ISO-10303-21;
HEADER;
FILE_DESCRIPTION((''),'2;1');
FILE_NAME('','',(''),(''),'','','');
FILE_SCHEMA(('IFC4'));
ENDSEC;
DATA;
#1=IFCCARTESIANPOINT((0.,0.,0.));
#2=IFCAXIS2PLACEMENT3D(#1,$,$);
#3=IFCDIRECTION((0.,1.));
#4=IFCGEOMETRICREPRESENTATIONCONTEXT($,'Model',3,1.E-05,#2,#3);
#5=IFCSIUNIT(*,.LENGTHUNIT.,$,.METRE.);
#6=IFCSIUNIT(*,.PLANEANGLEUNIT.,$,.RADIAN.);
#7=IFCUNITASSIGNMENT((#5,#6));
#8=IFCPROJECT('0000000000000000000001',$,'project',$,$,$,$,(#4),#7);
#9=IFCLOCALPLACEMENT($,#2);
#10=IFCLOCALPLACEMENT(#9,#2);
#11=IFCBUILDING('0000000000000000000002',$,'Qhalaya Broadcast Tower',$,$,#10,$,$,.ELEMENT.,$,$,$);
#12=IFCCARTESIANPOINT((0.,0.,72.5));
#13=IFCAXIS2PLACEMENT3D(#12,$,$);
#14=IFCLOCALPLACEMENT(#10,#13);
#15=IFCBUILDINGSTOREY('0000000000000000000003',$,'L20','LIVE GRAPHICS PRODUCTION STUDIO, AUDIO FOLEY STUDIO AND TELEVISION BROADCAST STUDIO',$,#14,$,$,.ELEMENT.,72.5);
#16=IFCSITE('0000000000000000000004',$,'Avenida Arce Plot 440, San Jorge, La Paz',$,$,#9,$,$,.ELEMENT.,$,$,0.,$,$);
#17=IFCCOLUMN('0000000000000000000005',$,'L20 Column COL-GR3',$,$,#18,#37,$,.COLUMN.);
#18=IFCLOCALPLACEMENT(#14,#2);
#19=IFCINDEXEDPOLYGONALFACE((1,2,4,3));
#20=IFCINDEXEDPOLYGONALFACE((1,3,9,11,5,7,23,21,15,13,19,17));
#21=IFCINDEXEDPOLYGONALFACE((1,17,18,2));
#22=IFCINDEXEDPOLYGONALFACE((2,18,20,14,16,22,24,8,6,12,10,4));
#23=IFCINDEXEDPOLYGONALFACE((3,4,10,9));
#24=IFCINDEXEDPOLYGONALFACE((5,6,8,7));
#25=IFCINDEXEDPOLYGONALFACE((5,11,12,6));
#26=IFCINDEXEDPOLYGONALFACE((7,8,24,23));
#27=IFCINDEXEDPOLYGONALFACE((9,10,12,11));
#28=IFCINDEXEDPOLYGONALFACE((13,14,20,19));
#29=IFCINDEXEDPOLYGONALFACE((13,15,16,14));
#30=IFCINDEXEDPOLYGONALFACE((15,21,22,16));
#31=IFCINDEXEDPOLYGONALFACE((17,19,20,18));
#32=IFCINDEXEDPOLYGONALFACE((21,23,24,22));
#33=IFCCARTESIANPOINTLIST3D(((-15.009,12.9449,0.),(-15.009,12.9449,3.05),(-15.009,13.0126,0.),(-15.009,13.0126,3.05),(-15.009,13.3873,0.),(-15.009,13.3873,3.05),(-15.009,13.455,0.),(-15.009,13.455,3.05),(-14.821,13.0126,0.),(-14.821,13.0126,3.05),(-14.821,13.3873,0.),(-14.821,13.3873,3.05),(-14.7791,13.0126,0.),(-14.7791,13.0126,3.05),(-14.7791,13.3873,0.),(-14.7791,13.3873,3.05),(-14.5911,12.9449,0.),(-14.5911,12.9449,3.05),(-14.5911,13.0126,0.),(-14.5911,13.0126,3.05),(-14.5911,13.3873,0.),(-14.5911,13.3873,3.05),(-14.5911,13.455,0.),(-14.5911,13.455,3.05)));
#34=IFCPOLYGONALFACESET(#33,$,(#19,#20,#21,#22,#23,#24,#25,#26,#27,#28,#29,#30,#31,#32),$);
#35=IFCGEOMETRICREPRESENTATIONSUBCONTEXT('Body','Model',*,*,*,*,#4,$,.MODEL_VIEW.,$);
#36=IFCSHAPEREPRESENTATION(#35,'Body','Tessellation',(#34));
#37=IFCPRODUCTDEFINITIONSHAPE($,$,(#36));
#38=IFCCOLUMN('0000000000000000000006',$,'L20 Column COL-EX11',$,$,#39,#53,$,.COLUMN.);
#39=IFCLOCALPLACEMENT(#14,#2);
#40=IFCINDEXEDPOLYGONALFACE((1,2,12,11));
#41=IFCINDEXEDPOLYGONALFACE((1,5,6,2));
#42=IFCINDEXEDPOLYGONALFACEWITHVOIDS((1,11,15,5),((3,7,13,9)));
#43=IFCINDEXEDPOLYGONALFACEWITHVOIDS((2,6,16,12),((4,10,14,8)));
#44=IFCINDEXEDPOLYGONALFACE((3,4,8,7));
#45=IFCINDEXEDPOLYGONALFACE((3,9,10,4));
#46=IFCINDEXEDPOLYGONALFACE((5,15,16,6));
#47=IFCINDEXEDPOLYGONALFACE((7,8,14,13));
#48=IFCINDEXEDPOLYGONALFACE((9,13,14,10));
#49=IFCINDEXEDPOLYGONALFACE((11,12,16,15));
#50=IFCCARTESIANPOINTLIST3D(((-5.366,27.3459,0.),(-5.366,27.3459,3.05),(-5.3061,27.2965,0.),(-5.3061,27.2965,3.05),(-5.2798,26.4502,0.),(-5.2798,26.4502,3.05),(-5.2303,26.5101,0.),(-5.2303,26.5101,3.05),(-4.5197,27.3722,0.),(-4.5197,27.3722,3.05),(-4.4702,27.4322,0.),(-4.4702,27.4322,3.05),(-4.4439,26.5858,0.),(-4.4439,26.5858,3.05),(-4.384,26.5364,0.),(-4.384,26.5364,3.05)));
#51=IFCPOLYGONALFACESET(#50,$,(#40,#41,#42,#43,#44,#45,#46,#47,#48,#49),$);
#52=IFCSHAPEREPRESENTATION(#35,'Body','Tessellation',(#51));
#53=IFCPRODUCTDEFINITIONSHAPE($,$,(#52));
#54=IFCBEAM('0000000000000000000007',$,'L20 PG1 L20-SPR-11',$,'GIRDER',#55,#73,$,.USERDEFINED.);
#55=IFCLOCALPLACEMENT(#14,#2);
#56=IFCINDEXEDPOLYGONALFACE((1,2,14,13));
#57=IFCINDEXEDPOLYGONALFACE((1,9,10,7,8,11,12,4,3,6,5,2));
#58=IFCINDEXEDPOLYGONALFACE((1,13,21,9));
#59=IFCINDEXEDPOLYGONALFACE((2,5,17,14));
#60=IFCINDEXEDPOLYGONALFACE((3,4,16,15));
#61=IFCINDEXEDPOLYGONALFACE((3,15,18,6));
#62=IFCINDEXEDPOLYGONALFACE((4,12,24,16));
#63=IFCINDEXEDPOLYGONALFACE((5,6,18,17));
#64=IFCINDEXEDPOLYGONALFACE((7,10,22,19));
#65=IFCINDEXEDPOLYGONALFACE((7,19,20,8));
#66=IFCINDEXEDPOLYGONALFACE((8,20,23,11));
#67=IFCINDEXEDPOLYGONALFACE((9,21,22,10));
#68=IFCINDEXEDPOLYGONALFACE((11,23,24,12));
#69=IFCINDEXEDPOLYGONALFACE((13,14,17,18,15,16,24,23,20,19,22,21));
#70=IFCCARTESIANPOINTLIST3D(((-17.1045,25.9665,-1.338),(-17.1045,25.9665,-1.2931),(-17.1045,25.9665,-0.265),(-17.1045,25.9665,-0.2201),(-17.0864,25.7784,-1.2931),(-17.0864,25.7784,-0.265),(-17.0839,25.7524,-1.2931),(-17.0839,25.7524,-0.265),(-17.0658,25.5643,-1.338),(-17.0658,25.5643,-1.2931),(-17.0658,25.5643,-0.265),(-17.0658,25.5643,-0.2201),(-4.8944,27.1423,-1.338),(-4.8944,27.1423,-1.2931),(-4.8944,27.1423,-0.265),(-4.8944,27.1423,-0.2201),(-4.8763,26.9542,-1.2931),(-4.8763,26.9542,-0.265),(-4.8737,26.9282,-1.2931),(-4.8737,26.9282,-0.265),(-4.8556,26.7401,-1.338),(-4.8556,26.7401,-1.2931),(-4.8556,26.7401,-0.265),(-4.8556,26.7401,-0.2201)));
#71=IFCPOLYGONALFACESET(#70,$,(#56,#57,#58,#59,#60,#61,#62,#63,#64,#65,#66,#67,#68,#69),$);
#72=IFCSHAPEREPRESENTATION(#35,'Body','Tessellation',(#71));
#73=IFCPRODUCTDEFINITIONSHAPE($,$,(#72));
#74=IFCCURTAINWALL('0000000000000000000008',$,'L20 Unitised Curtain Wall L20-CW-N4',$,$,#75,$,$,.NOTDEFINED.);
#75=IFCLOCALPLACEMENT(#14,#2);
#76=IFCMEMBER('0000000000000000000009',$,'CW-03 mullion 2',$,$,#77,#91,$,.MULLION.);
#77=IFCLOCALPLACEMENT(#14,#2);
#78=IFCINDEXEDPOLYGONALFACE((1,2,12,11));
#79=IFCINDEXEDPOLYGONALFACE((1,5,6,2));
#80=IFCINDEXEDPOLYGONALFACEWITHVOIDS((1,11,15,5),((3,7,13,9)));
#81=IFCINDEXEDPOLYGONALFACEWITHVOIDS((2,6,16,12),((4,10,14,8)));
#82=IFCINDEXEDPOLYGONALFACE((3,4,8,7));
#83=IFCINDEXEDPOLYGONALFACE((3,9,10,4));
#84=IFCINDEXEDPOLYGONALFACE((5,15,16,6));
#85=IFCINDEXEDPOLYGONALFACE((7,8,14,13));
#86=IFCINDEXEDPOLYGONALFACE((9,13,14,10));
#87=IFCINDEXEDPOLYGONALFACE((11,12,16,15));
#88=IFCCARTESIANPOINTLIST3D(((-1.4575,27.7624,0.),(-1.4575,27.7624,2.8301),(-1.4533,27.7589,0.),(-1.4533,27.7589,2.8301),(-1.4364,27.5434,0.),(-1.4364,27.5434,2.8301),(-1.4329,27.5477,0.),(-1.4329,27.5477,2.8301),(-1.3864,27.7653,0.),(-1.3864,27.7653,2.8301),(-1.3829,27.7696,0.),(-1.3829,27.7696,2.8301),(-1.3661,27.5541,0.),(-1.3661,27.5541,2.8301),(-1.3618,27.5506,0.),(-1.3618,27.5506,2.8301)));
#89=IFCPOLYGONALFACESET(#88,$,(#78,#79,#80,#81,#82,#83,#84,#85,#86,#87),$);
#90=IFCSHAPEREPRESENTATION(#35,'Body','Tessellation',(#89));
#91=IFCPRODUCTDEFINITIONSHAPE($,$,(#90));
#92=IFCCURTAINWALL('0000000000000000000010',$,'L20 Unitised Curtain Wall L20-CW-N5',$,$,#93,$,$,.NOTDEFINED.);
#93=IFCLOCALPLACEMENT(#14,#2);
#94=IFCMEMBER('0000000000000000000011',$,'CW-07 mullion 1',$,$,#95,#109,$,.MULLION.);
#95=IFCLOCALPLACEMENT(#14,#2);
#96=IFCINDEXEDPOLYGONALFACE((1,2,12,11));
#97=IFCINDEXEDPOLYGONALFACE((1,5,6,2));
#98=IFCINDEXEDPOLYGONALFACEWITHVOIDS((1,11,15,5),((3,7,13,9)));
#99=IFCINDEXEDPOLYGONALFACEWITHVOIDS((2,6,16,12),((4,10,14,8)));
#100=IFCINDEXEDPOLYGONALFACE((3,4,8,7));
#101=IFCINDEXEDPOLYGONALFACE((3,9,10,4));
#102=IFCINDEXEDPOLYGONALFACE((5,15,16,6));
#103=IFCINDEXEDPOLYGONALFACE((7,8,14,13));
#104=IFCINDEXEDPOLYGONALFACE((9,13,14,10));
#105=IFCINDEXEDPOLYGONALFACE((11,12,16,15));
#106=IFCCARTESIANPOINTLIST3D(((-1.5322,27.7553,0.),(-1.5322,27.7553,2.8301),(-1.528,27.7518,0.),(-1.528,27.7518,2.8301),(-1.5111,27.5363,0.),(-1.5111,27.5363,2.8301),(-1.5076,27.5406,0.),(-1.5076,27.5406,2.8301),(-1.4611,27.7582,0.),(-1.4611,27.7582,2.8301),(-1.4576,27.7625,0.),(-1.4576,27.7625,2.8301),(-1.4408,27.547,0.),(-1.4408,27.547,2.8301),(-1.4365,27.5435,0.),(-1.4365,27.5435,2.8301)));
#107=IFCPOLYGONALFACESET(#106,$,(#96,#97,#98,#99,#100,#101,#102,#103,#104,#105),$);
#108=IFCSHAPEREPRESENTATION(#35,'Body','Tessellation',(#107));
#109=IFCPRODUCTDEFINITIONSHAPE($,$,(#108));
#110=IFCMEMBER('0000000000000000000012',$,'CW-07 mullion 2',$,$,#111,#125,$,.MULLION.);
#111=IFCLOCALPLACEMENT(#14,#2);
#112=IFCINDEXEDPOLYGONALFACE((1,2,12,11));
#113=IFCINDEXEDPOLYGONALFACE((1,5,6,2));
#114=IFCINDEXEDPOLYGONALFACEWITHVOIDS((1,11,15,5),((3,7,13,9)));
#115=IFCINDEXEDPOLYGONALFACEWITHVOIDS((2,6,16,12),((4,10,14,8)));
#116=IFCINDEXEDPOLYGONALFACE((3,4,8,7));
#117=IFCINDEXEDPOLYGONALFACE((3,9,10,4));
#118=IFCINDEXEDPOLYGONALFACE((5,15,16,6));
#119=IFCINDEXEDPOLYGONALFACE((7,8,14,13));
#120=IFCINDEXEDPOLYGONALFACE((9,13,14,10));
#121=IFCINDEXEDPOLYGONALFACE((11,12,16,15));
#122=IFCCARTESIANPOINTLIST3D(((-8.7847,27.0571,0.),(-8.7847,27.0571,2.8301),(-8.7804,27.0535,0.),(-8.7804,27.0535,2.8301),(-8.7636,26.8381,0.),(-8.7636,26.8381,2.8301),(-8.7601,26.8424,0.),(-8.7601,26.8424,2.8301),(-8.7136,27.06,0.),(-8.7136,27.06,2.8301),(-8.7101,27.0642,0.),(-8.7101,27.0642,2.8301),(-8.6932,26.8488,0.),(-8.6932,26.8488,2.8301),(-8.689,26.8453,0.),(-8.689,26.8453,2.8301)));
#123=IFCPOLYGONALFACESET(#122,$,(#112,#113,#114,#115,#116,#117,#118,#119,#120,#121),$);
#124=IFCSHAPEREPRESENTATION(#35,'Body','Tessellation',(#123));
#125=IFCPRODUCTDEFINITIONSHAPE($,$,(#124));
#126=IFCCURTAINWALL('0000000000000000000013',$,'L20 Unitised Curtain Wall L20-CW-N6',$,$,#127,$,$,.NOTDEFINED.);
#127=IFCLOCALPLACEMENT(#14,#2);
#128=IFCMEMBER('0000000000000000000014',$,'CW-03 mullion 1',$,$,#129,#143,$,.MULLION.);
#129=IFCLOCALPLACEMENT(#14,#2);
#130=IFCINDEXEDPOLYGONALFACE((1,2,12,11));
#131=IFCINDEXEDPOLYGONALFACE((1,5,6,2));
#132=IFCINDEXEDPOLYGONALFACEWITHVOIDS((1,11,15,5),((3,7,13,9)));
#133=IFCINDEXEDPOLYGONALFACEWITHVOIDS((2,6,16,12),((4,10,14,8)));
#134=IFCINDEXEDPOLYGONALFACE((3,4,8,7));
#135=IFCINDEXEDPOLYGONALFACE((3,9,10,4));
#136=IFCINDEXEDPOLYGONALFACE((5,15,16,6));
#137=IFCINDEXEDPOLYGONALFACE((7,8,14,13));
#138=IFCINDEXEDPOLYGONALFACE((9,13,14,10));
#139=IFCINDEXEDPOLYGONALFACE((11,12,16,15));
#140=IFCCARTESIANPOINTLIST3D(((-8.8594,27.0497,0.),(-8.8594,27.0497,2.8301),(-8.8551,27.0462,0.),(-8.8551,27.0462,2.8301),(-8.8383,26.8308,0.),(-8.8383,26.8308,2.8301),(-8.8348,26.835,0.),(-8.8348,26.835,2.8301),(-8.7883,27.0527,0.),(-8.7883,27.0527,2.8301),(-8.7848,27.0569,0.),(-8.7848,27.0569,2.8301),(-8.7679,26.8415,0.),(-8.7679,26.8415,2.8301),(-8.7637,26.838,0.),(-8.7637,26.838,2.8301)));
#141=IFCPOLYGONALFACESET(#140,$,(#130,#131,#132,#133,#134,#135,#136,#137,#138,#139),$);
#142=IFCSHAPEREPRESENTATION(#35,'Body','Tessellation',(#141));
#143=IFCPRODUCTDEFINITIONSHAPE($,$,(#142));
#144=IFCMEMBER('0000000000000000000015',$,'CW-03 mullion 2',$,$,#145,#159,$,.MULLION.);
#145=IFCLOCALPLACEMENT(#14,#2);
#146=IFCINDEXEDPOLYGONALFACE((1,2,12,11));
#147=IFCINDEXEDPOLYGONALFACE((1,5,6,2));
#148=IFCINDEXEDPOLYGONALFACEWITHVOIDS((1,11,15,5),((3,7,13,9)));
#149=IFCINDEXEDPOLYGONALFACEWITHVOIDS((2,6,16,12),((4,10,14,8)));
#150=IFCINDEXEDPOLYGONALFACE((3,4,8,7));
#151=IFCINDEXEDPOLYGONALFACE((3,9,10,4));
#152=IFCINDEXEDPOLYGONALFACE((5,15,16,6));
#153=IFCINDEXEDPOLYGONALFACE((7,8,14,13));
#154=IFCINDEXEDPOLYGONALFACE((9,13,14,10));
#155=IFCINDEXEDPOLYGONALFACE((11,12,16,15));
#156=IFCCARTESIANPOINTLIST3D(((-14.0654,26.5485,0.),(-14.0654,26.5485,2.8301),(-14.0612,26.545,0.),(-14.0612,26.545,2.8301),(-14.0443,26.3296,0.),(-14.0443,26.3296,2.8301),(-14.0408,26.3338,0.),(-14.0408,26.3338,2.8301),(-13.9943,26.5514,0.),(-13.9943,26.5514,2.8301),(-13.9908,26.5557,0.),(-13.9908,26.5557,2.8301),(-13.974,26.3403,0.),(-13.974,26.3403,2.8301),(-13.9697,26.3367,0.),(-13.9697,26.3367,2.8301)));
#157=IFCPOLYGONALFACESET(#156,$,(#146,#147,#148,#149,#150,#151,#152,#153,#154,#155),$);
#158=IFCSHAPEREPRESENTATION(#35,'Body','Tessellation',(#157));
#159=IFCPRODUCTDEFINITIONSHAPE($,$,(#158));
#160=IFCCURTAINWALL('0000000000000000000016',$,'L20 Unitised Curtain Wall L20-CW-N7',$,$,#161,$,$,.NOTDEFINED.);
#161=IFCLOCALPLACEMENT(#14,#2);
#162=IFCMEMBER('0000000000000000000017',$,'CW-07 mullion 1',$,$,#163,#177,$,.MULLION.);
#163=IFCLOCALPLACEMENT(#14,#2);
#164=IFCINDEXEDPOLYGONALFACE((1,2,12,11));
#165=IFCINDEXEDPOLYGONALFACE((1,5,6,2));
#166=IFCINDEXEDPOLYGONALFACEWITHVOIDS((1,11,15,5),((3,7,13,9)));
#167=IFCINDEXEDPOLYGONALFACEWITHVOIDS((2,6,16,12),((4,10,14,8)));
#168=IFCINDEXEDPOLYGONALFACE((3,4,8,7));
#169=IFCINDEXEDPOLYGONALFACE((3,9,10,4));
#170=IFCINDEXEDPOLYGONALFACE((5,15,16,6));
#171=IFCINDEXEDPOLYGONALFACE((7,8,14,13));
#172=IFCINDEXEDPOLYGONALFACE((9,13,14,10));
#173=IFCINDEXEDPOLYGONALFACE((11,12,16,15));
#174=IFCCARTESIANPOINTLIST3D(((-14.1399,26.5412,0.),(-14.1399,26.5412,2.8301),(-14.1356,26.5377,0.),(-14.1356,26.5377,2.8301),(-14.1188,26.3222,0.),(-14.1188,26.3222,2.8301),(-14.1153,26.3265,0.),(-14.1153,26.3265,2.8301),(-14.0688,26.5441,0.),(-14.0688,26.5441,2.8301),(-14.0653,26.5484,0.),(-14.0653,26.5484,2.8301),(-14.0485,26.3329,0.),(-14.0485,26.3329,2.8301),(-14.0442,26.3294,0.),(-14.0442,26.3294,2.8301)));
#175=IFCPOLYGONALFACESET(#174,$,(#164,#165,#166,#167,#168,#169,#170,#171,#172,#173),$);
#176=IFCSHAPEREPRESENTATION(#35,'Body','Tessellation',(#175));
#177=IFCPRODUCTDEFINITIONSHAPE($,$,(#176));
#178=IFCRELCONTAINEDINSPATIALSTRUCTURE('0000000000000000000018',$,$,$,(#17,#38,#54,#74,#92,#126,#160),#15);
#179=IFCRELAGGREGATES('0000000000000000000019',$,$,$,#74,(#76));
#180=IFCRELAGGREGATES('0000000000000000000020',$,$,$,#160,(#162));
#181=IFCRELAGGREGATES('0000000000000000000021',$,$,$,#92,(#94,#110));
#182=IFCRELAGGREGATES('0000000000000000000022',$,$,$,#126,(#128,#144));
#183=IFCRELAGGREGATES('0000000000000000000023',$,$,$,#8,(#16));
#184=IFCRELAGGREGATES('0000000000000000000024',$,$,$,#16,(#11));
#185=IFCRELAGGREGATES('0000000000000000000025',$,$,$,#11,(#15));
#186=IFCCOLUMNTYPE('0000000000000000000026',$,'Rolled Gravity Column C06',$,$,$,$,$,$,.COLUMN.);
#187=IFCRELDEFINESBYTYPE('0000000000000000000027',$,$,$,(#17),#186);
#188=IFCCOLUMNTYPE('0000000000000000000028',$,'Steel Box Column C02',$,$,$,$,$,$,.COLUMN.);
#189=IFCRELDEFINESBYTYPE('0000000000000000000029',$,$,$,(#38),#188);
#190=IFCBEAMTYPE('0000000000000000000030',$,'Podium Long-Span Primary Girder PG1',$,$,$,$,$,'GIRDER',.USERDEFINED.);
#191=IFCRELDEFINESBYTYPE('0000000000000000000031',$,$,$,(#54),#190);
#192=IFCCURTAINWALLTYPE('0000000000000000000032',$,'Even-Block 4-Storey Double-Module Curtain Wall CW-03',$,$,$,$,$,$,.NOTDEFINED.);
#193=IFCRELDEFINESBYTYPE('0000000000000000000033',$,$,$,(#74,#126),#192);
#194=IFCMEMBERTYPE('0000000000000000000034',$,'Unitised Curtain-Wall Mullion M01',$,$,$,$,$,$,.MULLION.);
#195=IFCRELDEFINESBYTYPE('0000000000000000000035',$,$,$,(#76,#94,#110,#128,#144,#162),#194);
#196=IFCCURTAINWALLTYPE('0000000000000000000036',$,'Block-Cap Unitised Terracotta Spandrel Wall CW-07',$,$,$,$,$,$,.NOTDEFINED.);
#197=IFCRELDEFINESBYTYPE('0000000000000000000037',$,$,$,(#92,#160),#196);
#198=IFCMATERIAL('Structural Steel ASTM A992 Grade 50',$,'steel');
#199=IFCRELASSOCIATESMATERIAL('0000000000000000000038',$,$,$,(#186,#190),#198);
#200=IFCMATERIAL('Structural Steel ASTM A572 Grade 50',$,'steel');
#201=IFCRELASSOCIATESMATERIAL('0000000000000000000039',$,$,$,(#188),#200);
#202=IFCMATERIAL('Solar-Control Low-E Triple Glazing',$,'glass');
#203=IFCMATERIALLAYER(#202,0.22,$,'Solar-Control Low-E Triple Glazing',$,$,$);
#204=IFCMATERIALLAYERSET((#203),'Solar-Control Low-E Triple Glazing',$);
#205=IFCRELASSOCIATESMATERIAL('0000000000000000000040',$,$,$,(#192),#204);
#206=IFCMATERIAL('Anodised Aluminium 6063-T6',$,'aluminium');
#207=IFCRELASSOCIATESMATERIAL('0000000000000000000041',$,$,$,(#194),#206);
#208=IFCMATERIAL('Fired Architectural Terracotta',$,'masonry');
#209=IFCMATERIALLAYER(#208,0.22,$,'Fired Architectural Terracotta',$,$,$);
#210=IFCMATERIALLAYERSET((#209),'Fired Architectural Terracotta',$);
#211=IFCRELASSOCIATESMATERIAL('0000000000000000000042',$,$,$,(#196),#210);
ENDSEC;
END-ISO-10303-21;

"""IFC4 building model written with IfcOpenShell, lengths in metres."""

from ifc_helpers import new_model, si_unit, direction, frame, origin, origin_2d, place, context, subcontext, project, spatial, hollow_rectangle, i_section, extrude, material, layer, layer_set, material_profile, profile_set, type_object, element, aggregate, save


model = new_model("IFC4")

# Units and contexts
model_context = context("Model", 3, precision=1e-05, world=origin(), true_north=direction((0.0, 1.0)))
body_context = subcontext(model_context, "Body", "Model", "MODEL_VIEW")
ifc_project = project(units=[si_unit("LENGTHUNIT", "METRE"), si_unit("PLANEANGLEUNIT", "RADIAN")], contexts=[model_context])

# Site, building, storey
site_placement = place(None, origin())
site = spatial("IfcSite", under=ifc_project, at=site_placement, Name="Avenida Arce Plot 440, San Jorge, La Paz", CompositionType="ELEMENT", RefElevation=0.0)
building_placement = place(site_placement, origin())
building = spatial("IfcBuilding", under=site, at=building_placement, Name="Qhalaya Broadcast Tower", CompositionType="ELEMENT")
storey_placement = place(building_placement, frame((0.0, 0.0, 72.5)))
storey = spatial("IfcBuildingStorey", under=building, at=storey_placement, Name="L20", Description="LIVE GRAPHICS PRODUCTION STUDIO, AUDIO FOLEY STUDIO AND TELEVISION BROADCAST STUDIO", CompositionType="ELEMENT", Elevation=72.5)

# Columns
ifc_material_1 = material(Name="Structural Steel ASTM A992 Grade 50", Category="steel")
ifc_material_profile_1 = material_profile(ifc_material_1, i_section(OverallWidth=0.418, OverallDepth=0.51, WebThickness=0.042, FlangeThickness=0.0676, at=origin_2d()), Name="W14X370")
ifc_profile_set_1 = profile_set([ifc_material_profile_1], Name="Structural Steel ASTM A992 Grade 50")
column_type_1 = type_object("IfcColumnType", Name="Rolled Gravity Column C06", PredefinedType="COLUMN", material=ifc_profile_set_1)
column_1_placement = place(storey_placement, frame((-14.8, 13.2, 0.0), z_axis=(0.0, 0.0, 1.0), x_axis=(1.0, 0.0, 0.0)))
element("IfcColumn", 1, at=column_1_placement, inside=storey, type_object=column_type_1, Name="L20 Column COL-GR3", PredefinedType="COLUMN", context=body_context, shape_type="SweptSolid", body=[
    extrude(i_section(OverallWidth=0.418, OverallDepth=0.51, WebThickness=0.042, FlangeThickness=0.0676, at=origin_2d()), origin(), (0.0, 0.0, 1.0), 3.05),
])
ifc_material_2 = material(Name="Structural Steel ASTM A572 Grade 50", Category="steel")
ifc_material_profile_2 = material_profile(ifc_material_2, hollow_rectangle(XDim=0.8999, YDim=0.8999, WallThickness=0.0549, at=origin_2d()), Name="BOX 900x900x55")
ifc_profile_set_2 = profile_set([ifc_material_profile_2], Name="Structural Steel ASTM A572 Grade 50")
column_type_2 = type_object("IfcColumnType", Name="Steel Box Column C02", PredefinedType="COLUMN", material=ifc_profile_set_2)
column_2_placement = place(storey_placement, frame((-4.875, 26.9412, 0.0), z_axis=(0.0, 0.0, 1.0), x_axis=(0.995396, 0.095846, 0.0)))
element("IfcColumn", 2, at=column_2_placement, inside=storey, type_object=column_type_2, Name="L20 Column COL-EX11", PredefinedType="COLUMN", context=body_context, shape_type="SweptSolid", body=[
    extrude(hollow_rectangle(XDim=0.8999, YDim=0.8999, WallThickness=0.0549, at=origin_2d()), origin(), (0.0, 0.0, 1.0), 3.05),
])

# Beam
ifc_material_profile_3 = material_profile(ifc_material_1, i_section(OverallWidth=0.4041, OverallDepth=1.1179, WebThickness=0.0261, FlangeThickness=0.0449, at=origin_2d()), Name="W44X335")
ifc_profile_set_3 = profile_set([ifc_material_profile_3], Name="Structural Steel ASTM A992 Grade 50")
beam_type = type_object("IfcBeamType", Name="Podium Long-Span Primary Girder PG1", ElementType="GIRDER", PredefinedType="USERDEFINED", material=ifc_profile_set_3)
beam_placement = place(storey_placement, frame((-4.875, 26.9412, -0.7791), z_axis=(-0.995396, -0.095852, 0.0), x_axis=(0.095852, -0.995396, 0.0)))
element("IfcBeam", 3, at=beam_placement, inside=storey, type_object=beam_type, Name="L20 PG1 L20-SPR-11", ObjectType="GIRDER", PredefinedType="USERDEFINED", context=body_context, shape_type="SweptSolid", body=[
    extrude(i_section(OverallWidth=0.4041, OverallDepth=1.1179, WebThickness=0.0261, FlangeThickness=0.0449, at=origin_2d()), origin(), (0.0, 0.0, 1.0), 12.2666),
])

# Curtain wall, member
ifc_material_3 = material(Name="Solar-Control Low-E Triple Glazing", Category="glass")
ifc_layer_1 = layer(ifc_material_3, 0.22, Name="Solar-Control Low-E Triple Glazing")
ifc_layer_set_1 = layer_set([ifc_layer_1], Name="Solar-Control Low-E Triple Glazing")
curtain_wall_type_1 = type_object("IfcCurtainWallType", Name="Even-Block 4-Storey Double-Module Curtain Wall CW-03", PredefinedType="NOTDEFINED", material=ifc_layer_set_1)
curtain_wall_1_placement = place(storey_placement, origin())
curtain_wall_1 = element("IfcCurtainWall", 4, at=curtain_wall_1_placement, inside=storey, type_object=curtain_wall_type_1, Name="L20 Unitised Curtain Wall L20-CW-N4", PredefinedType="NOTDEFINED")
ifc_material_4 = material(Name="Anodised Aluminium 6063-T6", Category="aluminium")
ifc_material_profile_4 = material_profile(ifc_material_4, hollow_rectangle(XDim=0.075, YDim=0.22, WallThickness=0.0039, at=origin_2d()), Name="ALU-MUL 75x220x4")
ifc_profile_set_4 = profile_set([ifc_material_profile_4], Name="Anodised Aluminium 6063-T6")
member_type_1 = type_object("IfcMemberType", Name="Unitised Curtain-Wall Mullion M01", PredefinedType="MULLION", material=ifc_profile_set_4)
member_1_placement = place(storey_placement, frame((-1.4097, 27.6565, 0.0), z_axis=(0.0, 0.0, 1.0), x_axis=(-0.995395, -0.095853, 0.0)))
member_1 = element("IfcMember", 5, at=member_1_placement, type_object=member_type_1, Name="CW-03 mullion 2", PredefinedType="MULLION", context=body_context, shape_type="SweptSolid", body=[
    extrude(hollow_rectangle(XDim=0.075, YDim=0.22, WallThickness=0.0039, at=origin_2d()), origin(), (0.0, 0.0, 1.0), 2.8301),
])
aggregate(curtain_wall_1, [member_1])

# Curtain walls, members
ifc_material_5 = material(Name="Fired Architectural Terracotta", Category="masonry")
ifc_layer_2 = layer(ifc_material_5, 0.22, Name="Fired Architectural Terracotta")
ifc_layer_set_2 = layer_set([ifc_layer_2], Name="Fired Architectural Terracotta")
curtain_wall_type_2 = type_object("IfcCurtainWallType", Name="Block-Cap Unitised Terracotta Spandrel Wall CW-07", PredefinedType="NOTDEFINED", material=ifc_layer_set_2)
curtain_wall_2_placement = place(storey_placement, origin())
curtain_wall_2 = element("IfcCurtainWall", 6, at=curtain_wall_2_placement, inside=storey, type_object=curtain_wall_type_2, Name="L20 Unitised Curtain Wall L20-CW-N5", PredefinedType="NOTDEFINED")
member_2_placement = place(storey_placement, frame((-1.4844, 27.6494, 0.0), z_axis=(0.0, 0.0, 1.0), x_axis=(-0.995396, -0.095843, 0.0)))
member_2 = element("IfcMember", 7, at=member_2_placement, type_object=member_type_1, Name="CW-07 mullion 1", PredefinedType="MULLION", context=body_context, shape_type="SweptSolid", body=[
    extrude(hollow_rectangle(XDim=0.075, YDim=0.22, WallThickness=0.0039, at=origin_2d()), origin(), (0.0, 0.0, 1.0), 2.8301),
])
member_3_placement = place(storey_placement, frame((-8.7368, 26.9512, 0.0), z_axis=(0.0, 0.0, 1.0), x_axis=(-0.995396, -0.095843, 0.0)))
member_3 = element("IfcMember", 8, at=member_3_placement, type_object=member_type_1, Name="CW-07 mullion 2", PredefinedType="MULLION", context=body_context, shape_type="SweptSolid", body=[
    extrude(hollow_rectangle(XDim=0.075, YDim=0.22, WallThickness=0.0039, at=origin_2d()), origin(), (0.0, 0.0, 1.0), 2.8301),
])
curtain_wall_3_placement = place(storey_placement, origin())
curtain_wall_3 = element("IfcCurtainWall", 9, at=curtain_wall_3_placement, inside=storey, type_object=curtain_wall_type_1, Name="L20 Unitised Curtain Wall L20-CW-N6", PredefinedType="NOTDEFINED")
member_4_placement = place(storey_placement, frame((-8.8115, 26.9438, 0.0), z_axis=(0.0, 0.0, 1.0), x_axis=(-0.995396, -0.095852, 0.0)))
member_4 = element("IfcMember", 10, at=member_4_placement, type_object=member_type_1, Name="CW-03 mullion 1", PredefinedType="MULLION", context=body_context, shape_type="SweptSolid", body=[
    extrude(hollow_rectangle(XDim=0.075, YDim=0.22, WallThickness=0.0039, at=origin_2d()), origin(), (0.0, 0.0, 1.0), 2.8301),
])
member_5_placement = place(storey_placement, frame((-14.0176, 26.4426, 0.0), z_axis=(0.0, 0.0, 1.0), x_axis=(-0.995396, -0.095852, 0.0)))
member_5 = element("IfcMember", 11, at=member_5_placement, type_object=member_type_1, Name="CW-03 mullion 2", PredefinedType="MULLION", context=body_context, shape_type="SweptSolid", body=[
    extrude(hollow_rectangle(XDim=0.075, YDim=0.22, WallThickness=0.0039, at=origin_2d()), origin(), (0.0, 0.0, 1.0), 2.8301),
])

# Curtain wall, member
curtain_wall_4_placement = place(storey_placement, origin())
curtain_wall_4 = element("IfcCurtainWall", 12, at=curtain_wall_4_placement, inside=storey, type_object=curtain_wall_type_2, Name="L20 Unitised Curtain Wall L20-CW-N7", PredefinedType="NOTDEFINED")
member_6_placement = place(storey_placement, frame((-14.092, 26.4353, 0.0), z_axis=(0.0, 0.0, 1.0), x_axis=(-0.995396, -0.095846, 0.0)))
member_6 = element("IfcMember", 13, at=member_6_placement, type_object=member_type_1, Name="CW-07 mullion 1", PredefinedType="MULLION", context=body_context, shape_type="SweptSolid", body=[
    extrude(hollow_rectangle(XDim=0.075, YDim=0.22, WallThickness=0.0039, at=origin_2d()), origin(), (0.0, 0.0, 1.0), 2.8301),
])

aggregate(curtain_wall_4, [member_6])

aggregate(curtain_wall_2, [member_2, member_3])
aggregate(curtain_wall_3, [member_4, member_5])

save(model, "model.ifc")
